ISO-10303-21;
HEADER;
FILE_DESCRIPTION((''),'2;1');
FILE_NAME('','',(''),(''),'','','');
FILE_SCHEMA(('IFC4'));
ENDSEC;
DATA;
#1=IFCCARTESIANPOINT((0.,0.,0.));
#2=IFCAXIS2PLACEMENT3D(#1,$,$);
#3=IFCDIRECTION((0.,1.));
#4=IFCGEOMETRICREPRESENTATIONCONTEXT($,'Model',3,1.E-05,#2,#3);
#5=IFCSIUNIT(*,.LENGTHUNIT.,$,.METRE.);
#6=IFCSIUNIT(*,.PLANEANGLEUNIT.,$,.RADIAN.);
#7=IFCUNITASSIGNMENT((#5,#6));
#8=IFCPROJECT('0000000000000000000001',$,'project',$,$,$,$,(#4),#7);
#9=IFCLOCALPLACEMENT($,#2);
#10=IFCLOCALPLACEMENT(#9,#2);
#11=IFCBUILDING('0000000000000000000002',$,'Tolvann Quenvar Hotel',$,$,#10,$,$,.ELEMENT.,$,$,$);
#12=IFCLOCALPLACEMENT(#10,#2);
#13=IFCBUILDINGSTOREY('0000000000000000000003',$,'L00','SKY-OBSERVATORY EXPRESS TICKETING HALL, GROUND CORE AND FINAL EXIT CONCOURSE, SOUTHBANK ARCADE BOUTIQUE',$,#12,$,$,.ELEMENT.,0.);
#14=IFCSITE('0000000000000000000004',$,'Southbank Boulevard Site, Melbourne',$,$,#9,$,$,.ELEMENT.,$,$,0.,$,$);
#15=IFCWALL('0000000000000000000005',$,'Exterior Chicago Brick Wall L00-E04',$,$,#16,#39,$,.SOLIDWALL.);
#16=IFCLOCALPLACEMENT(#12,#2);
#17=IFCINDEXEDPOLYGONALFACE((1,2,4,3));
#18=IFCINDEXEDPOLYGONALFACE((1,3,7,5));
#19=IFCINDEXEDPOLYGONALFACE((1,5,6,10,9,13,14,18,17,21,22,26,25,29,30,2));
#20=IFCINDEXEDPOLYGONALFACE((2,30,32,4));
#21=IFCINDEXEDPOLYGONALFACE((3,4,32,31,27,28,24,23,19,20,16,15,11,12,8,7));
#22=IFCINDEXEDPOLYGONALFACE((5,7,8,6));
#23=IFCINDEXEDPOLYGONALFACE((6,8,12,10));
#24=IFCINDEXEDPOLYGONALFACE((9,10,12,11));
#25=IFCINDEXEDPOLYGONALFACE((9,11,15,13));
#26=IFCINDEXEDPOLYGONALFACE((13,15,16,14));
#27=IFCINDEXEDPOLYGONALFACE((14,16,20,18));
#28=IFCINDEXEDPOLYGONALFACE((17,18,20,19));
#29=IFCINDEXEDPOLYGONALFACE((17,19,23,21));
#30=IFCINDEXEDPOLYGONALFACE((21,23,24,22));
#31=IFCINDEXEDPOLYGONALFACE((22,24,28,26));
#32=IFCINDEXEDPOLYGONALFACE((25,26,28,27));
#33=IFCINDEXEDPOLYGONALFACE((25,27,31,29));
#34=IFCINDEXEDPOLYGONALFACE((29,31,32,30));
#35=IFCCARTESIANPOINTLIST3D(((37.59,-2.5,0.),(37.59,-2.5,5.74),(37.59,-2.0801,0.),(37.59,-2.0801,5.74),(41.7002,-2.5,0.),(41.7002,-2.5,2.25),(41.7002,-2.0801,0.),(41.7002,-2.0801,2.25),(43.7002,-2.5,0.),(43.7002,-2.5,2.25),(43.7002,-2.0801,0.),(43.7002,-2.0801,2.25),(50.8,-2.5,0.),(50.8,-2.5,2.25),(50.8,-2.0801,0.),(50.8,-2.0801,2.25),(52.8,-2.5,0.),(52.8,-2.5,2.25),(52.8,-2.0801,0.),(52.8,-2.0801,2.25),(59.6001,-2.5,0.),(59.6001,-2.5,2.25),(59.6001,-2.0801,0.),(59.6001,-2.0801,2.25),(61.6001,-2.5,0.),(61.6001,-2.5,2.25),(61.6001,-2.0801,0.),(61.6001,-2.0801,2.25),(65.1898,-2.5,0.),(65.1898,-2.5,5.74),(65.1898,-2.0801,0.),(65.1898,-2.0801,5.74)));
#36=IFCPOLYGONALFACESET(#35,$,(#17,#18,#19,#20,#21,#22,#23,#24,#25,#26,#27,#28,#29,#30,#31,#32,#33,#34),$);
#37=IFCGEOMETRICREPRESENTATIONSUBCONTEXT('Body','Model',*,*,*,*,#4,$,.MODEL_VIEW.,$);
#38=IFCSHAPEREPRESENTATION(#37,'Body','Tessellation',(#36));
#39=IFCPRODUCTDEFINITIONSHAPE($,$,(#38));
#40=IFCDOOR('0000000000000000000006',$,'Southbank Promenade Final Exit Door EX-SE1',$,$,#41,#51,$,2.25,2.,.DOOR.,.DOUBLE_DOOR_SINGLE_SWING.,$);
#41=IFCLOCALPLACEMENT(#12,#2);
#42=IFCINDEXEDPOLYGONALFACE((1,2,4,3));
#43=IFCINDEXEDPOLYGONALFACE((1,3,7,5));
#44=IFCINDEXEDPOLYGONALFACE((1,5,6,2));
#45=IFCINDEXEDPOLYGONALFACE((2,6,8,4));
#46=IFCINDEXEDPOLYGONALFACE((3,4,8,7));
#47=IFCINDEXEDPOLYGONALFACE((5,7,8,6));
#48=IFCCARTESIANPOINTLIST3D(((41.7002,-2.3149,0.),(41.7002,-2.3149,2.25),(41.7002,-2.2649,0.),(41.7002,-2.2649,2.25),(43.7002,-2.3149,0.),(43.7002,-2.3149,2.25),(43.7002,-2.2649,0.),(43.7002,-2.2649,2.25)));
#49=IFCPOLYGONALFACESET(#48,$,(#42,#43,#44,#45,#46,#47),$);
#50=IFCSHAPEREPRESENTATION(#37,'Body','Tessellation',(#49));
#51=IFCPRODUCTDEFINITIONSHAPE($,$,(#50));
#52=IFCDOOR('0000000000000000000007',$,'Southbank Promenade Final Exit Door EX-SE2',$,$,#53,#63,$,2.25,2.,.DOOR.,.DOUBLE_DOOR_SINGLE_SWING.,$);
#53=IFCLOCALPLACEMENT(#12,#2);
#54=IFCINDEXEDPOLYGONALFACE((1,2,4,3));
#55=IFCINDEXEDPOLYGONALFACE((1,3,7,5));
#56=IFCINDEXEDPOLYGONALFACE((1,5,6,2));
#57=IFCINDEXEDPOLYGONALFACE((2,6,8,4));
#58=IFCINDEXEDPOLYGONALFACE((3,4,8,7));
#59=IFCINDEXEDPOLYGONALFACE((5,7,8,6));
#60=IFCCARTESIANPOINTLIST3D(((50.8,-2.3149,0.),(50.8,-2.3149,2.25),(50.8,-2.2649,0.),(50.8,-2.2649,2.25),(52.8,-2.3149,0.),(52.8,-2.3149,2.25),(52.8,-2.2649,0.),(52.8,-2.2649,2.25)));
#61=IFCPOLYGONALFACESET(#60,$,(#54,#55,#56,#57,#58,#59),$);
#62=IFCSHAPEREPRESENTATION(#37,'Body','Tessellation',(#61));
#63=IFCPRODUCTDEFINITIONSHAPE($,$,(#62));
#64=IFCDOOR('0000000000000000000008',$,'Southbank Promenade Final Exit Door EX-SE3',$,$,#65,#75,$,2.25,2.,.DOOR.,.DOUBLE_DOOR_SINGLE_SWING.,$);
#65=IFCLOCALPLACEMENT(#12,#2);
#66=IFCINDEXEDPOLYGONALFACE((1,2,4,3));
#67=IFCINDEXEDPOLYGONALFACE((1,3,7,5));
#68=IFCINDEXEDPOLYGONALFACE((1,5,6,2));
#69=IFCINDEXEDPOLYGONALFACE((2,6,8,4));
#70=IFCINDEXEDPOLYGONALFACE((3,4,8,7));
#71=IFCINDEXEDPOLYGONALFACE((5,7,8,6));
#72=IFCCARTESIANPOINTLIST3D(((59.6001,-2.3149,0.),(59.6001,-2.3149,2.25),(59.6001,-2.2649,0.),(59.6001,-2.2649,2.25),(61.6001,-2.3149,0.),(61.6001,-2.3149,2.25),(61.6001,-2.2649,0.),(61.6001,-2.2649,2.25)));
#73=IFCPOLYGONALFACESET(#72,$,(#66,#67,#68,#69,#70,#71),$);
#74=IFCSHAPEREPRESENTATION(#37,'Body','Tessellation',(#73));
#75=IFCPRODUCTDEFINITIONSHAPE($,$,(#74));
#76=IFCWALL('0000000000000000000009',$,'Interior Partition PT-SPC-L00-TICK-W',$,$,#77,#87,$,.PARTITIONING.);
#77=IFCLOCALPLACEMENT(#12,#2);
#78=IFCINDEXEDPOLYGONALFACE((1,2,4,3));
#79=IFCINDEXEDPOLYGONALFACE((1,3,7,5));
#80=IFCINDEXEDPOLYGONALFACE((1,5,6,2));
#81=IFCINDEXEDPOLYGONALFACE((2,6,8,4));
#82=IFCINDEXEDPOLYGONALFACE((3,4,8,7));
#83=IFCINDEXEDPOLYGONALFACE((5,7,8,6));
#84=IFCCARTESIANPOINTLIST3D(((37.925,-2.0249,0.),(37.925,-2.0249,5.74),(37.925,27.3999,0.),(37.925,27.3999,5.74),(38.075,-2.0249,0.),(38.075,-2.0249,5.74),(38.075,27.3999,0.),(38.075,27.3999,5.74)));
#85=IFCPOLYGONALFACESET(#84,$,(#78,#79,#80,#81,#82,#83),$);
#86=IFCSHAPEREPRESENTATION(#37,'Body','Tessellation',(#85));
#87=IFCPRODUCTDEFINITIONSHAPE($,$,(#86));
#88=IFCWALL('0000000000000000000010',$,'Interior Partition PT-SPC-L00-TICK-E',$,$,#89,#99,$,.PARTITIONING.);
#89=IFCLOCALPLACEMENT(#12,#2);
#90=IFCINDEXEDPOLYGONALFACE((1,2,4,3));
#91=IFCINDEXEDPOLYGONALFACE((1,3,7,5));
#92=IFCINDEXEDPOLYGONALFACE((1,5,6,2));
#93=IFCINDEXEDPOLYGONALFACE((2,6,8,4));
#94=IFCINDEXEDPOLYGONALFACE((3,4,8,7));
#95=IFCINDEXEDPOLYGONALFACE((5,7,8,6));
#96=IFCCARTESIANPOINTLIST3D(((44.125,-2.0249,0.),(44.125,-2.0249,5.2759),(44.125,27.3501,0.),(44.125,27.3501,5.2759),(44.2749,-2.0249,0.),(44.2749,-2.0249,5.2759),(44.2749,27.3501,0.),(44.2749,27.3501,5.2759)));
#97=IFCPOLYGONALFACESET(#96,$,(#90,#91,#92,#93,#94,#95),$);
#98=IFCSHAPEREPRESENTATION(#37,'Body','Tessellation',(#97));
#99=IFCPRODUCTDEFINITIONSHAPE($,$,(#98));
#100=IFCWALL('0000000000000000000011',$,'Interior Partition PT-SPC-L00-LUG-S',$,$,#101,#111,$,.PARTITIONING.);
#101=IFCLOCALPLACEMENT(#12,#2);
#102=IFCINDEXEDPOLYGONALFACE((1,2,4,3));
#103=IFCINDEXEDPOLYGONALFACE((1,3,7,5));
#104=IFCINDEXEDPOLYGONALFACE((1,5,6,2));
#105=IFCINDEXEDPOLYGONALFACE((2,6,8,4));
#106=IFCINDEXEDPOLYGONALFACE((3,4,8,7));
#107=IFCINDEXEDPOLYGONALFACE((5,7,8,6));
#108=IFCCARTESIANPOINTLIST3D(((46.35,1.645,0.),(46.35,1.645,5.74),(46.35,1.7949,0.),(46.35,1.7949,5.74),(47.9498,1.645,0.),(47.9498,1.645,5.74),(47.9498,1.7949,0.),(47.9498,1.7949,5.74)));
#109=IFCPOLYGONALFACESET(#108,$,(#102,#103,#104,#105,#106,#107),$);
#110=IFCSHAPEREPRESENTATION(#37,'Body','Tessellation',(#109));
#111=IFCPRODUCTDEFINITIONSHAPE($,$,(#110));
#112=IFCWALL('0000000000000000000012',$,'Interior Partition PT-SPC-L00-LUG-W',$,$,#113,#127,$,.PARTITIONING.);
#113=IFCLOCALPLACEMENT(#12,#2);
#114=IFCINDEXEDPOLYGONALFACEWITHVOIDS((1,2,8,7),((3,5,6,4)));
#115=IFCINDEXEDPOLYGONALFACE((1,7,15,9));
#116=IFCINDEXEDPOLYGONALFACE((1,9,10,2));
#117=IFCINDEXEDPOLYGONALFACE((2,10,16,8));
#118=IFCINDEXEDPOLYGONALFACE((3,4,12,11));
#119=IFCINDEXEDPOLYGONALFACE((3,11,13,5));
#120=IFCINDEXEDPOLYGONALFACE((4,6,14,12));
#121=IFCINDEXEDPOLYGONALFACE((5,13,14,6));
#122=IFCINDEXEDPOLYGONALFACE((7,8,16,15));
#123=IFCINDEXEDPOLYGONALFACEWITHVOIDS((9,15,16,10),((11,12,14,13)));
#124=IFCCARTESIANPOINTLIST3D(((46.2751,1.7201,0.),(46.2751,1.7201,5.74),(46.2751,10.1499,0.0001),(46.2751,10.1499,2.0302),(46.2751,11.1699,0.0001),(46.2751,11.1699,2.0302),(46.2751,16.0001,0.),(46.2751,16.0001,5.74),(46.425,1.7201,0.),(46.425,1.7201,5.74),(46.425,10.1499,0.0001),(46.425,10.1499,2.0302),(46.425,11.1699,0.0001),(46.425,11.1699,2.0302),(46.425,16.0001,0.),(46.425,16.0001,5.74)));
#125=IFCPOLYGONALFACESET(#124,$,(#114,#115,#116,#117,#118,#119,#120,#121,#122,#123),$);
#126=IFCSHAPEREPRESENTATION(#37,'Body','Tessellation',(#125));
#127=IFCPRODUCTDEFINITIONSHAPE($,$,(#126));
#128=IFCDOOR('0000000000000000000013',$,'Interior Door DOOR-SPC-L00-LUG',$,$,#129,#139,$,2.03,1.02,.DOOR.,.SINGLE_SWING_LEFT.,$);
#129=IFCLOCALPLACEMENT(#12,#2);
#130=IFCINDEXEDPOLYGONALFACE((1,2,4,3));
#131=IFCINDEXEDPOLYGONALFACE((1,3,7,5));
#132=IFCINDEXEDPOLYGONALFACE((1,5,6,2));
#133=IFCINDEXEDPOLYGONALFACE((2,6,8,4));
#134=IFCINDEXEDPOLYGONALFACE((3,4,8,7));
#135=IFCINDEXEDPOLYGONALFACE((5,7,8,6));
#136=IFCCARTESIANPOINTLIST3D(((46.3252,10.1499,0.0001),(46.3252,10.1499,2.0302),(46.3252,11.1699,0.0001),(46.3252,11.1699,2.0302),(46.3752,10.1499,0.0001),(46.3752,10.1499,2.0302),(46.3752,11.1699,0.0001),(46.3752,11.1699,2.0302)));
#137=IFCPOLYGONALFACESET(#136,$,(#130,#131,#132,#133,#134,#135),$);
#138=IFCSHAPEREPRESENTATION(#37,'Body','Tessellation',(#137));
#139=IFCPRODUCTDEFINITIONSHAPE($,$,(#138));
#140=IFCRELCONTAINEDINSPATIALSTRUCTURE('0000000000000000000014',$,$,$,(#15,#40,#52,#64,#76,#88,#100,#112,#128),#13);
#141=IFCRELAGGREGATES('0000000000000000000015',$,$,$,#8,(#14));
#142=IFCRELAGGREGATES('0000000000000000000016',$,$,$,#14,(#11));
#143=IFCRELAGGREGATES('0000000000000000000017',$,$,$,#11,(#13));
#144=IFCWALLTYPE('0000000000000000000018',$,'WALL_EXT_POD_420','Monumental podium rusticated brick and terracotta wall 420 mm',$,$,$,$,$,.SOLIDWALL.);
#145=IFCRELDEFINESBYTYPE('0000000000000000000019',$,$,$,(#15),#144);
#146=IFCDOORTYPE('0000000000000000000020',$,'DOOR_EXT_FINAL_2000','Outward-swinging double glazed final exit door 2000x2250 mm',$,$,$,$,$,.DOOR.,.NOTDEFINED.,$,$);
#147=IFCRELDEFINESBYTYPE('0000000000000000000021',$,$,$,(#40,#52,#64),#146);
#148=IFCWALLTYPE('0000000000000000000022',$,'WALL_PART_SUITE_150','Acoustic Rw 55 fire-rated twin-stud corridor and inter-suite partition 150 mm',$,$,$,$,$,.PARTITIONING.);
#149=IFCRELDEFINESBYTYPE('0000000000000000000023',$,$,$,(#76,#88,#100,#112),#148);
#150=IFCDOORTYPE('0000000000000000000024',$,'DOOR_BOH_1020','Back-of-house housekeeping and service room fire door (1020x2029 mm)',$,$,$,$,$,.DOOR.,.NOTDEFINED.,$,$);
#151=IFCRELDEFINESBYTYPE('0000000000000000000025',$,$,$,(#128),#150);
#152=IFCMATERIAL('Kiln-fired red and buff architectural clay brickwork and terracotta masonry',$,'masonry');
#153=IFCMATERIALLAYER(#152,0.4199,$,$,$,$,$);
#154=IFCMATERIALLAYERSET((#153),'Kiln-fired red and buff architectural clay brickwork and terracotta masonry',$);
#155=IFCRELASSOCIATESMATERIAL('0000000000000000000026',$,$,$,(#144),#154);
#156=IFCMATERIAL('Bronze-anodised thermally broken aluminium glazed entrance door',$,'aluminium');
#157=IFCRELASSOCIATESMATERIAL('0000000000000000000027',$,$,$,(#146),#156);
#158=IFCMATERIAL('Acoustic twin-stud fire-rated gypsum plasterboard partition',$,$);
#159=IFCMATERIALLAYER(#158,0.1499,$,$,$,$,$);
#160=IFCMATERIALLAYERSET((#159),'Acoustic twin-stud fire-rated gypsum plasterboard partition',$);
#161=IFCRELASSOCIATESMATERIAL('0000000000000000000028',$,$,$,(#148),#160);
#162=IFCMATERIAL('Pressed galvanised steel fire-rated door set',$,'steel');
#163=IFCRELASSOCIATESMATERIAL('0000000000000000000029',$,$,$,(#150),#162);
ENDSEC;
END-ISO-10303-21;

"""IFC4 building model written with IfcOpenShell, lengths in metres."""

from ifc_helpers import new_model, si_unit, direction, frame, frame_2d, origin, place, context, subcontext, project, spatial, rectangle, extrude, source, transform, mapped, material, layer, layer_set, type_object, type_shapes, element, fill, save


model = new_model("IFC4")

# Units and contexts
model_context = context("Model", 3, precision=1e-05, world=origin(), true_north=direction((0.0, 1.0)))
body_context = subcontext(model_context, "Body", "Model", "MODEL_VIEW")
ifc_project = project(units=[si_unit("LENGTHUNIT", "METRE"), si_unit("PLANEANGLEUNIT", "RADIAN")], contexts=[model_context])

# Site, building, storey
site_placement = place(None, origin())
site = spatial("IfcSite", under=ifc_project, at=site_placement, Name="Southbank Boulevard Site, Melbourne", CompositionType="ELEMENT", RefElevation=0.0)
building_placement = place(site_placement, origin())
building = spatial("IfcBuilding", under=site, at=building_placement, Name="Tolvann Quenvar Hotel", CompositionType="ELEMENT")
storey_placement = place(building_placement, origin())
storey = spatial("IfcBuildingStorey", under=building, at=storey_placement, Name="L00", Description="SKY-OBSERVATORY EXPRESS TICKETING HALL, GROUND CORE AND FINAL EXIT CONCOURSE, SOUTHBANK ARCADE BOUTIQUE", CompositionType="ELEMENT", Elevation=0.0)

# Wall, openings, doors
ifc_material_1 = material(Name="Kiln-fired red and buff architectural clay brickwork and terracotta masonry", Category="masonry")
ifc_layer_1 = layer(ifc_material_1, 0.4199)
ifc_layer_set_1 = layer_set([ifc_layer_1], Name="Kiln-fired red and buff architectural clay brickwork and terracotta masonry")
wall_type_1 = type_object("IfcWallType", Name="WALL_EXT_POD_420", Description="Monumental podium rusticated brick and terracotta wall 420 mm", PredefinedType="SOLIDWALL", material=ifc_layer_set_1)
wall_1_placement = place(storey_placement, frame((37.5901, -2.29, 0.0), z_axis=(0.0, 0.0, 1.0), x_axis=(1.0, 0.0, 0.0)))
wall_1 = element("IfcWall", 1, at=wall_1_placement, inside=storey, type_object=wall_type_1, Name="Exterior Chicago Brick Wall L00-E04", PredefinedType="SOLIDWALL", context=body_context, shape_type="SweptSolid", body=[
    extrude(rectangle(XDim=27.5999, YDim=0.4199, at=frame_2d((13.7998, 0.0))), origin(), (0.0, 0.0, 1.0), 5.74),
])
opening_1_placement = place(wall_1_placement, frame((6.1101, 0.0, 0.0), z_axis=(0.0, 0.0, 1.0), x_axis=(-1.0, 0.0, 0.0)))
opening_1 = element("IfcOpeningElement", 2, at=opening_1_placement, cuts=wall_1, PredefinedType="OPENING", context=body_context, shape_type="SweptSolid", body=[
    extrude(rectangle(XDim=2.0, YDim=2.25, at=frame_2d((1.0, 1.125))), frame((0.0, 0.22, 0.0), z_axis=(0.0, -1.0, 0.0), x_axis=(1.0, 0.0, 0.0)), (0.0, 0.0, 1.0), 0.4399),
])
opening_2_placement = place(wall_1_placement, frame((15.21, 0.0, 0.0), z_axis=(0.0, 0.0, 1.0), x_axis=(-1.0, 0.0, 0.0)))
opening_2 = element("IfcOpeningElement", 3, at=opening_2_placement, cuts=wall_1, PredefinedType="OPENING", context=body_context, shape_type="SweptSolid", body=[
    extrude(rectangle(XDim=2.0, YDim=2.25, at=frame_2d((1.0, 1.125))), frame((0.0, 0.22, 0.0), z_axis=(0.0, -1.0, 0.0), x_axis=(1.0, 0.0, 0.0)), (0.0, 0.0, 1.0), 0.4399),
])
opening_3_placement = place(wall_1_placement, frame((24.01, 0.0, 0.0), z_axis=(0.0, 0.0, 1.0), x_axis=(-1.0, 0.0, 0.0)))
opening_3 = element("IfcOpeningElement", 4, at=opening_3_placement, cuts=wall_1, PredefinedType="OPENING", context=body_context, shape_type="SweptSolid", body=[
    extrude(rectangle(XDim=2.0, YDim=2.25, at=frame_2d((1.0, 1.125))), frame((0.0, 0.22, 0.0), z_axis=(0.0, -1.0, 0.0), x_axis=(1.0, 0.0, 0.0)), (0.0, 0.0, 1.0), 0.4399),
])
ifc_material_2 = material(Name="Bronze-anodised thermally broken aluminium glazed entrance door", Category="aluminium")
door_type_1 = type_object("IfcDoorType", Name="DOOR_EXT_FINAL_2000", Description="Outward-swinging double glazed final exit door 2000x2250 mm", OperationType="NOTDEFINED", PredefinedType="DOOR", material=ifc_material_2)
shared_shape_1 = source(origin(), body_context, "Body", "SweptSolid", [
    extrude(rectangle(XDim=2.0, YDim=2.25, at=frame_2d((1.0, 1.125))), frame((0.0, 0.0249, 0.0), z_axis=(0.0, -1.0, 0.0), x_axis=(1.0, 0.0, 0.0)), (0.0, 0.0, 1.0), 0.05),
])
type_shapes(door_type_1, [shared_shape_1])
door_1_placement = place(opening_1_placement, origin())
door_1 = element("IfcDoor", 5, at=door_1_placement, inside=storey, type_object=door_type_1, Name="Southbank Promenade Final Exit Door EX-SE1", OperationType="DOUBLE_DOOR_SINGLE_SWING", OverallHeight=2.25, OverallWidth=2.0, PredefinedType="DOOR", context=body_context, shape_type="MappedRepresentation", body=[
    mapped(shared_shape_1, transform((0.0, 0.0, 0.0), x_axis=(1.0, 0.0, 0.0), y_axis=(0.0, 1.0, 0.0), z_axis=(0.0, 0.0, 1.0), scale=1.0)),
])
fill(opening_1, door_1)
door_2_placement = place(opening_2_placement, origin())
door_2 = element("IfcDoor", 6, at=door_2_placement, inside=storey, type_object=door_type_1, Name="Southbank Promenade Final Exit Door EX-SE2", OperationType="DOUBLE_DOOR_SINGLE_SWING", OverallHeight=2.25, OverallWidth=2.0, PredefinedType="DOOR", context=body_context, shape_type="MappedRepresentation", body=[
    mapped(shared_shape_1, transform((0.0, 0.0, 0.0), x_axis=(1.0, 0.0, 0.0), y_axis=(0.0, 1.0, 0.0), z_axis=(0.0, 0.0, 1.0), scale=1.0)),
])
fill(opening_2, door_2)
door_3_placement = place(opening_3_placement, origin())
door_3 = element("IfcDoor", 7, at=door_3_placement, inside=storey, type_object=door_type_1, Name="Southbank Promenade Final Exit Door EX-SE3", OperationType="DOUBLE_DOOR_SINGLE_SWING", OverallHeight=2.25, OverallWidth=2.0, PredefinedType="DOOR", context=body_context, shape_type="MappedRepresentation", body=[
    mapped(shared_shape_1, transform((0.0, 0.0, 0.0), x_axis=(1.0, 0.0, 0.0), y_axis=(0.0, 1.0, 0.0), z_axis=(0.0, 0.0, 1.0), scale=1.0)),
])
fill(opening_3, door_3)

# Walls
ifc_material_3 = material(Name="Acoustic twin-stud fire-rated gypsum plasterboard partition")
ifc_layer_2 = layer(ifc_material_3, 0.1499)
ifc_layer_set_2 = layer_set([ifc_layer_2], Name="Acoustic twin-stud fire-rated gypsum plasterboard partition")
wall_type_2 = type_object("IfcWallType", Name="WALL_PART_SUITE_150", Description="Acoustic Rw 55 fire-rated twin-stud corridor and inter-suite partition 150 mm", PredefinedType="PARTITIONING", material=ifc_layer_set_2)
wall_2_placement = place(storey_placement, frame((38.0, -2.0249, 0.0), z_axis=(0.0, 0.0, 1.0), x_axis=(0.0, 1.0, 0.0)))
element("IfcWall", 8, at=wall_2_placement, inside=storey, type_object=wall_type_2, Name="Interior Partition PT-SPC-L00-TICK-W", PredefinedType="PARTITIONING", context=body_context, shape_type="SweptSolid", body=[
    extrude(rectangle(XDim=29.4248, YDim=0.1499, at=frame_2d((14.7124, 0.0))), origin(), (0.0, 0.0, 1.0), 5.74),
])
wall_3_placement = place(storey_placement, frame((44.2, -2.0249, 0.0), z_axis=(0.0, 0.0, 1.0), x_axis=(0.0, 1.0, 0.0)))
element("IfcWall", 9, at=wall_3_placement, inside=storey, type_object=wall_type_2, Name="Interior Partition PT-SPC-L00-TICK-E", PredefinedType="PARTITIONING", context=body_context, shape_type="SweptSolid", body=[
    extrude(rectangle(XDim=29.375, YDim=0.1499, at=frame_2d((14.6875, 0.0))), origin(), (0.0, 0.0, 1.0), 5.2759),
])
wall_4_placement = place(storey_placement, frame((46.3501, 1.72, 0.0), z_axis=(0.0, 0.0, 1.0), x_axis=(1.0, 0.0, 0.0)))
element("IfcWall", 10, at=wall_4_placement, inside=storey, type_object=wall_type_2, Name="Interior Partition PT-SPC-L00-LUG-S", PredefinedType="PARTITIONING", context=body_context, shape_type="SweptSolid", body=[
    extrude(rectangle(XDim=1.5999, YDim=0.1499, at=frame_2d((0.7998, 0.0))), origin(), (0.0, 0.0, 1.0), 5.74),
])

# Wall, opening, door
wall_5_placement = place(storey_placement, frame((46.3501, 1.72, 0.0), z_axis=(0.0, 0.0, 1.0), x_axis=(0.0, 1.0, 0.0)))
wall_5 = element("IfcWall", 11, at=wall_5_placement, inside=storey, type_object=wall_type_2, Name="Interior Partition PT-SPC-L00-LUG-W", PredefinedType="PARTITIONING", context=body_context, shape_type="SweptSolid", body=[
    extrude(rectangle(XDim=14.28, YDim=0.1499, at=frame_2d((7.1401, 0.0))), origin(), (0.0, 0.0, 1.0), 5.74),
])
opening_4_placement = place(wall_5_placement, frame((8.4299, 0.0, 0.0)))
opening_4 = element("IfcOpeningElement", 12, at=opening_4_placement, cuts=wall_5, PredefinedType="OPENING", context=body_context, shape_type="SweptSolid", body=[
    extrude(rectangle(XDim=1.02, YDim=2.03, at=frame_2d((0.51, 1.0151))), frame((0.0, 0.085, 0.0), z_axis=(0.0, -1.0, 0.0), x_axis=(1.0, 0.0, 0.0)), (0.0, 0.0, 1.0), 0.1699),
])
ifc_material_4 = material(Name="Pressed galvanised steel fire-rated door set", Category="steel")
door_type_2 = type_object("IfcDoorType", Name="DOOR_BOH_1020", Description="Back-of-house housekeeping and service room fire door (1020x2029 mm)", OperationType="NOTDEFINED", PredefinedType="DOOR", material=ifc_material_4)
shared_shape_2 = source(origin(), body_context, "Body", "SweptSolid", [
    extrude(rectangle(XDim=1.02, YDim=2.03, at=frame_2d((0.51, 1.0151))), frame((0.0, 0.0249, 0.0), z_axis=(0.0, -1.0, 0.0), x_axis=(1.0, 0.0, 0.0)), (0.0, 0.0, 1.0), 0.05),
])
type_shapes(door_type_2, [shared_shape_2])
door_4_placement = place(opening_4_placement, origin())
door_4 = element("IfcDoor", 13, at=door_4_placement, inside=storey, type_object=door_type_2, Name="Interior Door DOOR-SPC-L00-LUG", OperationType="SINGLE_SWING_LEFT", OverallHeight=2.03, OverallWidth=1.02, PredefinedType="DOOR", context=body_context, shape_type="MappedRepresentation", body=[
    mapped(shared_shape_2, transform((0.0, 0.0, 0.0), x_axis=(1.0, 0.0, 0.0), y_axis=(0.0, 1.0, 0.0), z_axis=(0.0, 0.0, 1.0), scale=1.0)),
])
fill(opening_4, door_4)

save(model, "model.ifc")
